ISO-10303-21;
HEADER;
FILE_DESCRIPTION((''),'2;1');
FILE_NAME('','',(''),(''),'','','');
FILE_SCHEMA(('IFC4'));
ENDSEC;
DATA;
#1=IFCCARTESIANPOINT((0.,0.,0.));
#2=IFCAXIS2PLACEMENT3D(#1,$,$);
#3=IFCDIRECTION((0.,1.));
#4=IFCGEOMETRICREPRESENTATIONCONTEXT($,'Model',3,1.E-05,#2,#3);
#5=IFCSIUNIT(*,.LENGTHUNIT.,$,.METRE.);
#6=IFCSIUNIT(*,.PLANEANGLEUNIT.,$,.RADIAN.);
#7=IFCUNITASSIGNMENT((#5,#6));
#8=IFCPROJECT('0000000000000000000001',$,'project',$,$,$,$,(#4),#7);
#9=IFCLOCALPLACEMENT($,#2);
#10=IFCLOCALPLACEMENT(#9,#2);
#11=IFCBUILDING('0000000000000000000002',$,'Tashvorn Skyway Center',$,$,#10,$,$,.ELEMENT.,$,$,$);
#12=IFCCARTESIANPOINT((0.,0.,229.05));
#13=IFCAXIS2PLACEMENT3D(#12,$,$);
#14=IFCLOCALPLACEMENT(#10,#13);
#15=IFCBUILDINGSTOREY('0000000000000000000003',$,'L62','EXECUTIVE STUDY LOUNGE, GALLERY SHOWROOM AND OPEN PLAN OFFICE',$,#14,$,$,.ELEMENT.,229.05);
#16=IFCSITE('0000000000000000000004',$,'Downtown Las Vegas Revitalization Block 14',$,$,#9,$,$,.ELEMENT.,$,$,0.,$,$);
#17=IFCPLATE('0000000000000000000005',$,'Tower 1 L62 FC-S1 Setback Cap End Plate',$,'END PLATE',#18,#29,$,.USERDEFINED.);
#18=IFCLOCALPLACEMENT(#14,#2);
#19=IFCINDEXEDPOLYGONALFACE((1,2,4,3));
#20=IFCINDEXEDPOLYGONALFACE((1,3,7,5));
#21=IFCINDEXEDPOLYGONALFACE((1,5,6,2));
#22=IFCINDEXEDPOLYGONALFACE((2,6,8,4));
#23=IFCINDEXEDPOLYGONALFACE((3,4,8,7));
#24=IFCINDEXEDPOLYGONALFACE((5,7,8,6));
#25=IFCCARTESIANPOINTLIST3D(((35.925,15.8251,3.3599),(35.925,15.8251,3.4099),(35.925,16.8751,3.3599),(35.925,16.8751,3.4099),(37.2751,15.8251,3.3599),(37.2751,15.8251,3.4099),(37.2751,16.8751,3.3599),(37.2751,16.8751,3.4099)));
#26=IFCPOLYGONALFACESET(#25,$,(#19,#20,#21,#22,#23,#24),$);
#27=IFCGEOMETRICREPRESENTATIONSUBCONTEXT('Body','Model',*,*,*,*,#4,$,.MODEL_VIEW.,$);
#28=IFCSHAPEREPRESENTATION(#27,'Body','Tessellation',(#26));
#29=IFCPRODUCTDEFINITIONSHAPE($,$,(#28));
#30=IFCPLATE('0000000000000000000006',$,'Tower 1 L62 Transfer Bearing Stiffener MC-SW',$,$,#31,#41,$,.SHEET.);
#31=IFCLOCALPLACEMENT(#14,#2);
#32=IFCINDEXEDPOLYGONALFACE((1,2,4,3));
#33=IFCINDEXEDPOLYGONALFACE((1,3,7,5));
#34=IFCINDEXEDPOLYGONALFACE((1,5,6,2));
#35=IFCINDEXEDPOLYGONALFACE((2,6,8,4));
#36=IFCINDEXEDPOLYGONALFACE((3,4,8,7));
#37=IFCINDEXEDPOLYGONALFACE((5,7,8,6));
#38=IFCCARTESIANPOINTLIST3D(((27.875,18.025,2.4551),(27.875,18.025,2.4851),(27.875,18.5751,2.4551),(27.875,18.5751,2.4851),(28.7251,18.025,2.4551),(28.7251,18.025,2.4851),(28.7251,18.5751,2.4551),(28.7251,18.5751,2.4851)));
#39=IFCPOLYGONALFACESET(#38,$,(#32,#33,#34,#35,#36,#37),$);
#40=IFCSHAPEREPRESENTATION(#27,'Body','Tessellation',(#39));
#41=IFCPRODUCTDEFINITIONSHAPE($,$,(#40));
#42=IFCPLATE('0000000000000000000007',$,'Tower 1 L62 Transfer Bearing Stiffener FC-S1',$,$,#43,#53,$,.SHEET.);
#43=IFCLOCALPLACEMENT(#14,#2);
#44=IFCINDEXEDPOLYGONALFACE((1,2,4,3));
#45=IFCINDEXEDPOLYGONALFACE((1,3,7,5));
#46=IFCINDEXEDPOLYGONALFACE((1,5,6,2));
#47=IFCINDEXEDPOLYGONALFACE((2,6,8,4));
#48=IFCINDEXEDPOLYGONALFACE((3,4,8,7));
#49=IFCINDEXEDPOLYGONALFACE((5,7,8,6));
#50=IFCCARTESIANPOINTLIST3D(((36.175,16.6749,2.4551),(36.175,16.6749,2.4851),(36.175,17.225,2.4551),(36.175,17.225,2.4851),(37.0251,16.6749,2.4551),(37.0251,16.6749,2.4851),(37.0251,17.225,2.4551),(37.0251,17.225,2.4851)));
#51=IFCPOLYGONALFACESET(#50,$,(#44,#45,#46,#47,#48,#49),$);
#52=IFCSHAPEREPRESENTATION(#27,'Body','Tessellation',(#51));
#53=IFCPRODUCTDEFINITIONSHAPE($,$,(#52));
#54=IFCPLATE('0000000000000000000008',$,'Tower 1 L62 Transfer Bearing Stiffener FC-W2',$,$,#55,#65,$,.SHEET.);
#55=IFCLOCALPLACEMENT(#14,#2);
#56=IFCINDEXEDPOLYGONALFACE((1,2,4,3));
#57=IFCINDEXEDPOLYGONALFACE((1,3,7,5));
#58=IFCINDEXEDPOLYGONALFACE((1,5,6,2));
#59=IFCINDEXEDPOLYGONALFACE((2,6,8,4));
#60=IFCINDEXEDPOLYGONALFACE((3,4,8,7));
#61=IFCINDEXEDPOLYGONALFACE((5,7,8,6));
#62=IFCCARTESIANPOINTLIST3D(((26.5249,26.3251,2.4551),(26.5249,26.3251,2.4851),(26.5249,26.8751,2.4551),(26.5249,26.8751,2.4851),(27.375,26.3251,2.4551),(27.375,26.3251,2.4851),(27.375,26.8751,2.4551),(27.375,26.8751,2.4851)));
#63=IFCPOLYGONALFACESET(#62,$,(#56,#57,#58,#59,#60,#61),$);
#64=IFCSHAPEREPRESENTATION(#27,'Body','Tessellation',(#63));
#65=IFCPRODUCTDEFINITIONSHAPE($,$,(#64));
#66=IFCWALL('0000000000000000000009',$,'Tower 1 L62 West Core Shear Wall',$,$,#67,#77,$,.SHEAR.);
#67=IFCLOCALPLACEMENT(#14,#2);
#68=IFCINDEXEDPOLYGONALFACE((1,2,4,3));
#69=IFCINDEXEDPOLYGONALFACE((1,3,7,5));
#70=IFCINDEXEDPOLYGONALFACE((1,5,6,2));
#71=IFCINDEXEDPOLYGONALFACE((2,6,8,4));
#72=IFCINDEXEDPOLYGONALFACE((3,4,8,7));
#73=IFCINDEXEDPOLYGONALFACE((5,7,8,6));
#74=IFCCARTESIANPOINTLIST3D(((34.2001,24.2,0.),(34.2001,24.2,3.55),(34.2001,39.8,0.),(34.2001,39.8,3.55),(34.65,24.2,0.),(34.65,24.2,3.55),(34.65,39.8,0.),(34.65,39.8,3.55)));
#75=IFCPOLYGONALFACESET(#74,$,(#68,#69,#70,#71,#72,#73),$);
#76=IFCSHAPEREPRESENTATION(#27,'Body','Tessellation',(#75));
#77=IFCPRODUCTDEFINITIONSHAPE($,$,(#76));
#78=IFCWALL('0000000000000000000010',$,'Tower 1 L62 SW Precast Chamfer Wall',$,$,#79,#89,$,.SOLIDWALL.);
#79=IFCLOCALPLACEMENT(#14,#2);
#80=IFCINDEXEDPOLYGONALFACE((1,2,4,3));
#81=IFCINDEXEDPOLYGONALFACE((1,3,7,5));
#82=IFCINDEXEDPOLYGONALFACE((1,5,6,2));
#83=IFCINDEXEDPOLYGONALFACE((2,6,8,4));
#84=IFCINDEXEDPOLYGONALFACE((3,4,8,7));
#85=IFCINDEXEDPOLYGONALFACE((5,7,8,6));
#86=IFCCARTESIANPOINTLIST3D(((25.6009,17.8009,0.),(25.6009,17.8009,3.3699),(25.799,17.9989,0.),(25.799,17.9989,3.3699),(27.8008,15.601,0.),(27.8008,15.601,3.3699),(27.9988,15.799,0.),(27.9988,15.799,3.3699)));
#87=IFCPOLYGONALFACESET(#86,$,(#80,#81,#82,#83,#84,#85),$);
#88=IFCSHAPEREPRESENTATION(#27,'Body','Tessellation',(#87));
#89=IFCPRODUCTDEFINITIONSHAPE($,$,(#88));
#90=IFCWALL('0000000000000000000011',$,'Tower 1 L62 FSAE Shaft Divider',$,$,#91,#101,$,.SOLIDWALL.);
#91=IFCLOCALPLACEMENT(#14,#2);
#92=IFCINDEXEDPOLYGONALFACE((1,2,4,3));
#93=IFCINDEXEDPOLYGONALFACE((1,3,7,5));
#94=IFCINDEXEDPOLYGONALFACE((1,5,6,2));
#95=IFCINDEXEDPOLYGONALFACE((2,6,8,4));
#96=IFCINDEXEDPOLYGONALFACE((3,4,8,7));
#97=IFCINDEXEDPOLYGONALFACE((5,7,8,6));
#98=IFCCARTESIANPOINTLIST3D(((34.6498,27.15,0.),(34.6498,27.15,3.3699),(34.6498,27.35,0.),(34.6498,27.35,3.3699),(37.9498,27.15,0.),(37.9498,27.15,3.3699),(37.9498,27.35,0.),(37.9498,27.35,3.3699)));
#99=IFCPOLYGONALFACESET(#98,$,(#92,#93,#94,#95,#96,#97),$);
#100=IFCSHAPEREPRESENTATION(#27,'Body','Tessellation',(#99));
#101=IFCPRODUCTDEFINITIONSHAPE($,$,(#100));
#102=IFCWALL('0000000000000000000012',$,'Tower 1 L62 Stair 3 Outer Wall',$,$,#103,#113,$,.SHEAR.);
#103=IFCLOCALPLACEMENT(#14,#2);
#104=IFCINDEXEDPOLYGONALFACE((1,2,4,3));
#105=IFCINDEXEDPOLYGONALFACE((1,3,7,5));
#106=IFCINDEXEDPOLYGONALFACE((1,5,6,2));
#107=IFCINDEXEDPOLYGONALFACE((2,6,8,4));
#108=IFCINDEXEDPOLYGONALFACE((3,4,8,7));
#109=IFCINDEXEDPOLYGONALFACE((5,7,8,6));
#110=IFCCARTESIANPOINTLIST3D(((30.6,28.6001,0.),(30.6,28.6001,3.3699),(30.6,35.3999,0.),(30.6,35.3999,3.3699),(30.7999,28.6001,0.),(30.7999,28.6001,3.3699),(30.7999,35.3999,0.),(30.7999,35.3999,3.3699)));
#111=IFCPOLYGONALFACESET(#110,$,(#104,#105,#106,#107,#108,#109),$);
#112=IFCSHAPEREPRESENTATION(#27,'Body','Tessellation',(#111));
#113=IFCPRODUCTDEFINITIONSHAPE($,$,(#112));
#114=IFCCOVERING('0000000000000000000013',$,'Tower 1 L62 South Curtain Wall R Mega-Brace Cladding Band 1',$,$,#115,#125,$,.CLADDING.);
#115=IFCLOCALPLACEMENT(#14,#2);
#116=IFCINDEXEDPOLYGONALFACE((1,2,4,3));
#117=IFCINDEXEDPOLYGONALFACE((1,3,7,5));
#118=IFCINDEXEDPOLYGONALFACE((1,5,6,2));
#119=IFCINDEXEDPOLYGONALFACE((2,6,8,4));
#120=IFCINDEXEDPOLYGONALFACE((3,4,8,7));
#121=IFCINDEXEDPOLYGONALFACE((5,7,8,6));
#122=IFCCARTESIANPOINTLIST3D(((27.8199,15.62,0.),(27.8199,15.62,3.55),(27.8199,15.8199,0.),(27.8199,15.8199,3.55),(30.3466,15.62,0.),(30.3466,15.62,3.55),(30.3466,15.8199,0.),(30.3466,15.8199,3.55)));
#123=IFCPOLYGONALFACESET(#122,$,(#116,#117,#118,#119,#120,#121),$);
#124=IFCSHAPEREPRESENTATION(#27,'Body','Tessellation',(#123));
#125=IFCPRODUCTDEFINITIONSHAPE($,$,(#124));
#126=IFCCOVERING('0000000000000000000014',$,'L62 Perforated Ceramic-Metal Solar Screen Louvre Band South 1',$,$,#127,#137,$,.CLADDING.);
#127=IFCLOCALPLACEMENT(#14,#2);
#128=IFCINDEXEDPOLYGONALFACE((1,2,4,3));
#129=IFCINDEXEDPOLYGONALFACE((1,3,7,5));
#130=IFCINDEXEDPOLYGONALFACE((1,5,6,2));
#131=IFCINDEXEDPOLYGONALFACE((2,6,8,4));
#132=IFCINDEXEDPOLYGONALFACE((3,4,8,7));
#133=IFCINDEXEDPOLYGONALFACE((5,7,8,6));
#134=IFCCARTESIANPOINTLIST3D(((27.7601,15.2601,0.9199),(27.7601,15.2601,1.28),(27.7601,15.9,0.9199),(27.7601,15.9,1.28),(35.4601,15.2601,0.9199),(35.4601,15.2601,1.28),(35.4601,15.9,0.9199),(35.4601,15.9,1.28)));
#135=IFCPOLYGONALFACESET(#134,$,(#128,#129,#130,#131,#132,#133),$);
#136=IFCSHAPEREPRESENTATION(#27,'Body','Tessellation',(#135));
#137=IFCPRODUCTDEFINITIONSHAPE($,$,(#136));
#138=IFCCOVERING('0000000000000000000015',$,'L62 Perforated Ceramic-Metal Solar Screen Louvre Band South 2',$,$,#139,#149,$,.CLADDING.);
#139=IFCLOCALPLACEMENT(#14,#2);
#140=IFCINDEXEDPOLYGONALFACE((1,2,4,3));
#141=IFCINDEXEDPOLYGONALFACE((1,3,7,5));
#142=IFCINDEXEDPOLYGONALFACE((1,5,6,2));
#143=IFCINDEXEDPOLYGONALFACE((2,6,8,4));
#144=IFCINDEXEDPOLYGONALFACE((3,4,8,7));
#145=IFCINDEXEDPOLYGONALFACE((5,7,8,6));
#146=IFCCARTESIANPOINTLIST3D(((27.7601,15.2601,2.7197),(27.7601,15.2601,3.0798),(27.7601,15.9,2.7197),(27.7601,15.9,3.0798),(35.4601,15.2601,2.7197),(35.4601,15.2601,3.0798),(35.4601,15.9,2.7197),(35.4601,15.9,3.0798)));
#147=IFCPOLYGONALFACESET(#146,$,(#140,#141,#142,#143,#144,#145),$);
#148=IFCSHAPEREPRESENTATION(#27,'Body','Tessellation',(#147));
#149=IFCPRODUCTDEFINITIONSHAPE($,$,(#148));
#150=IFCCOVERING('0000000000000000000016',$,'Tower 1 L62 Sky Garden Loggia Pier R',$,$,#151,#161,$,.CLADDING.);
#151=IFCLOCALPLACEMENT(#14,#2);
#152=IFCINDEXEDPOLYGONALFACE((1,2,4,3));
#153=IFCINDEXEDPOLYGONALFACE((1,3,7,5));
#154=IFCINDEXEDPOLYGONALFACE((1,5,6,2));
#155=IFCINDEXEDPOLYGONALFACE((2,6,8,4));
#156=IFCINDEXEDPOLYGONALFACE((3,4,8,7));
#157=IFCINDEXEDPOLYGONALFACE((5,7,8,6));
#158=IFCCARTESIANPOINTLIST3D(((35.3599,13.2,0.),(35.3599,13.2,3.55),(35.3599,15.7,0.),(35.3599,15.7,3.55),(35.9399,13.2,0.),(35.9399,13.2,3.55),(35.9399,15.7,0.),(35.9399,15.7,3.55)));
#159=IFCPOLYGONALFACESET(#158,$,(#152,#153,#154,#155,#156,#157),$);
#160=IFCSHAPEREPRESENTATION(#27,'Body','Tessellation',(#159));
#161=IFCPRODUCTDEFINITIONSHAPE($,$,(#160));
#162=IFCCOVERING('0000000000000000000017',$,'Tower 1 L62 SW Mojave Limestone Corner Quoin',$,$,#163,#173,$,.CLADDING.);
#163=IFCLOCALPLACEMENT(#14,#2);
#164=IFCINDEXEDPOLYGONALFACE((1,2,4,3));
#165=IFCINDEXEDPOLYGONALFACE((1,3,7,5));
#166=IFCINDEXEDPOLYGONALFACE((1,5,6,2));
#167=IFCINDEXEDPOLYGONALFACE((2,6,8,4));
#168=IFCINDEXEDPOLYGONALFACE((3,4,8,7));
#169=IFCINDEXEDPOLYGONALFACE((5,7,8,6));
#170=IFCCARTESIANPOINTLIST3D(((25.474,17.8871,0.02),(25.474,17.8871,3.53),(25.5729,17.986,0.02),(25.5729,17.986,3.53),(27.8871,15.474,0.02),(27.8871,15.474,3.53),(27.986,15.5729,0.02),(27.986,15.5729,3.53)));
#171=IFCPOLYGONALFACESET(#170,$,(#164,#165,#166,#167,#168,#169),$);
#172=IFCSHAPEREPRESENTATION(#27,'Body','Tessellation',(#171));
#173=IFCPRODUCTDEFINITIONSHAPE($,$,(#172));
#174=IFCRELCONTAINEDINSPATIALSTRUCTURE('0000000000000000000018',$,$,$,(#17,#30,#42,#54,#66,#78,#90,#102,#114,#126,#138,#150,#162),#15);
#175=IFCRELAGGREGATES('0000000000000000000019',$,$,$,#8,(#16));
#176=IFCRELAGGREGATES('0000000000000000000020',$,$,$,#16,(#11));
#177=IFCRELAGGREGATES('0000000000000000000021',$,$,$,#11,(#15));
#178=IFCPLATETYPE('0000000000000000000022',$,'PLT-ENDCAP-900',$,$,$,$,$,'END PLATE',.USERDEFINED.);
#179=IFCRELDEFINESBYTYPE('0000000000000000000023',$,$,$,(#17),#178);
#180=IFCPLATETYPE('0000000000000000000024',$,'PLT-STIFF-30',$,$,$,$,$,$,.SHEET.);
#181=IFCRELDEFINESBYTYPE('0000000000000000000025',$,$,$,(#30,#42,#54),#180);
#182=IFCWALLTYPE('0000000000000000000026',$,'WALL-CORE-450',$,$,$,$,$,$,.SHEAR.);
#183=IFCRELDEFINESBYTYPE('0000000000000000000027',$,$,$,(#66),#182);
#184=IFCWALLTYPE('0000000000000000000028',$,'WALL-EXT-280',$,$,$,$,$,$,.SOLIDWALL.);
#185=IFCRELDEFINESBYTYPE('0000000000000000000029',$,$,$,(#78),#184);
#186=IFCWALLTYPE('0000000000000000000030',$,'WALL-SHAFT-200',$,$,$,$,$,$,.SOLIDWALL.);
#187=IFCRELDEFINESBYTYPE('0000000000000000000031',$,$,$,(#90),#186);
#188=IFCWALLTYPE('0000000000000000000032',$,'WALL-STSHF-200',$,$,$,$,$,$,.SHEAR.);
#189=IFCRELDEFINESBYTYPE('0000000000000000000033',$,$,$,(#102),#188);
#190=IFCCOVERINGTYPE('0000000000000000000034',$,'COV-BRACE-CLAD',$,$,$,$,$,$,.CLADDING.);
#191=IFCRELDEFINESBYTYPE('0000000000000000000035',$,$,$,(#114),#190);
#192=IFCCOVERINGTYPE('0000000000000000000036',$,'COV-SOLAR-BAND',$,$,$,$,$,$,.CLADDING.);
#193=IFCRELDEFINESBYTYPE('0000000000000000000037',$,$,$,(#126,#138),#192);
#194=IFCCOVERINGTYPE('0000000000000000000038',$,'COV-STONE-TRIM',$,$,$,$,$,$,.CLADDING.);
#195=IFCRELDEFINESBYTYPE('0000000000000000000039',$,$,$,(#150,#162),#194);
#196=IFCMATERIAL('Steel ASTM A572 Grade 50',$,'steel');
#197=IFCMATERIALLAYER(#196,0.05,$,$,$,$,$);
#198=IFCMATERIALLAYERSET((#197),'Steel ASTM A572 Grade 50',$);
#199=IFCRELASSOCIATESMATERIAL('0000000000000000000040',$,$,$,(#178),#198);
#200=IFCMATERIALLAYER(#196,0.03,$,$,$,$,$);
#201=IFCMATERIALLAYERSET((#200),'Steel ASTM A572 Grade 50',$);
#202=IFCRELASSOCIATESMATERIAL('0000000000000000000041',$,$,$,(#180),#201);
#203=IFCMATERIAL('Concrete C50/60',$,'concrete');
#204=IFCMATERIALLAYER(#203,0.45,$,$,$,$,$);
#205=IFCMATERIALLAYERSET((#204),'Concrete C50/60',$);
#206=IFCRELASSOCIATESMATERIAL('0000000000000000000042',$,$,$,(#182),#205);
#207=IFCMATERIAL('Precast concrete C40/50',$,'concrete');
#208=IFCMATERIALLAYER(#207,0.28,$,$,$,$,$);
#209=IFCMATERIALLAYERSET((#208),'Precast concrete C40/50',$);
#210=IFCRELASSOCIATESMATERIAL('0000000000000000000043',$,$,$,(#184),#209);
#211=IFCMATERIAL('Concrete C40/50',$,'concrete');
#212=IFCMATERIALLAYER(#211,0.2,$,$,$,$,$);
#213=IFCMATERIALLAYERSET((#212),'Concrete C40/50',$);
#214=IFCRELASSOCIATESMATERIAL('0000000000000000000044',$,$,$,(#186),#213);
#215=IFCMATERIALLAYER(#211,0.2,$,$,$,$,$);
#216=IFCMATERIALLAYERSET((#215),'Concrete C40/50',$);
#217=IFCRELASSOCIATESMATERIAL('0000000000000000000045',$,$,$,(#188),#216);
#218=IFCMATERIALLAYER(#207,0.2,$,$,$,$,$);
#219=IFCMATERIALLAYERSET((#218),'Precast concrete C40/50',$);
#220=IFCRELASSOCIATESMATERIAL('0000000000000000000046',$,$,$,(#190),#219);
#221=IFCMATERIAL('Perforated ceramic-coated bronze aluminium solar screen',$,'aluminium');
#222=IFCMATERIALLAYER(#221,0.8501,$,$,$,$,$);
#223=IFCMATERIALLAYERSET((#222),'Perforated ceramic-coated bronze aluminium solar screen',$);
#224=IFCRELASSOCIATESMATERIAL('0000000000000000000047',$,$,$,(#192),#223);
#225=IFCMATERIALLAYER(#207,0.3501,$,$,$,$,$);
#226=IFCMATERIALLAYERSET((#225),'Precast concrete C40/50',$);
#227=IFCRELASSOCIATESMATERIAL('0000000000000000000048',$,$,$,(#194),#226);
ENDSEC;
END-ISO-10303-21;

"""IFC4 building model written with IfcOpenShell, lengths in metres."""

from ifc_helpers import new_model, si_unit, direction, frame, frame_2d, origin, origin_2d, place, context, subcontext, project, spatial, rectangle, extrude, material, layer, layer_set, type_object, element, save


model = new_model("IFC4")

# Units and contexts
model_context = context("Model", 3, precision=1e-05, world=origin(), true_north=direction((0.0, 1.0)))
body_context = subcontext(model_context, "Body", "Model", "MODEL_VIEW")
ifc_project = project(units=[si_unit("LENGTHUNIT", "METRE"), si_unit("PLANEANGLEUNIT", "RADIAN")], contexts=[model_context])

# Site, building, storey
site_placement = place(None, origin())
site = spatial("IfcSite", under=ifc_project, at=site_placement, Name="Downtown Las Vegas Revitalization Block 14", CompositionType="ELEMENT", RefElevation=0.0)
building_placement = place(site_placement, origin())
building = spatial("IfcBuilding", under=site, at=building_placement, Name="Tashvorn Skyway Center", CompositionType="ELEMENT")
storey_placement = place(building_placement, frame((0.0, 0.0, 229.05)))
storey = spatial("IfcBuildingStorey", under=building, at=storey_placement, Name="L62", Description="EXECUTIVE STUDY LOUNGE, GALLERY SHOWROOM AND OPEN PLAN OFFICE", CompositionType="ELEMENT", Elevation=229.05)

# Shared definitions
ifc_material_1 = material(Name="Steel ASTM A572 Grade 50", Category="steel")

# Plates
ifc_layer_1 = layer(ifc_material_1, 0.05)
ifc_layer_set_1 = layer_set([ifc_layer_1], Name="Steel ASTM A572 Grade 50")
plate_type_1 = type_object("IfcPlateType", Name="PLT-ENDCAP-900", ElementType="END PLATE", PredefinedType="USERDEFINED", material=ifc_layer_set_1)
plate_1_placement = place(storey_placement, frame((36.6001, 16.3501, 3.3599), z_axis=(0.0, 0.0, 1.0), x_axis=(1.0, 0.0, 0.0)))
element("IfcPlate", 1, at=plate_1_placement, inside=storey, type_object=plate_type_1, Name="Tower 1 L62 FC-S1 Setback Cap End Plate", ObjectType="END PLATE", PredefinedType="USERDEFINED", context=body_context, shape_type="SweptSolid", body=[
    extrude(rectangle(XDim=1.3501, YDim=1.05, at=origin_2d()), origin(), (0.0, 0.0, 1.0), 0.05),
])
ifc_layer_2 = layer(ifc_material_1, 0.03)
ifc_layer_set_2 = layer_set([ifc_layer_2], Name="Steel ASTM A572 Grade 50")
plate_type_2 = type_object("IfcPlateType", Name="PLT-STIFF-30", PredefinedType="SHEET", material=ifc_layer_set_2)
for number, where, z_axis, x_axis, name in (
    (2, (28.3, 18.3, 2.4551), (0.0, 0.0, 1.0), (1.0, 0.0, 0.0), "Tower 1 L62 Transfer Bearing Stiffener MC-SW"),
    (3, (36.6001, 16.95, 2.4551), (0.0, 0.0, 1.0), (1.0, 0.0, 0.0), "Tower 1 L62 Transfer Bearing Stiffener FC-S1"),
    (4, (26.95, 26.6001, 2.4551), (0.0, 0.0, 1.0), (1.0, 0.0, 0.0), "Tower 1 L62 Transfer Bearing Stiffener FC-W2"),
):
    element("IfcPlate", number, at=place(storey_placement, frame(where, z_axis=z_axis, x_axis=x_axis)), inside=storey, type_object=plate_type_2, Name=name, PredefinedType="SHEET", context=body_context, shape_type="SweptSolid", body=[
        extrude(rectangle(XDim=0.8501, YDim=0.55, at=origin_2d()), origin(), (0.0, 0.0, 1.0), 0.03),
    ])

# Walls
ifc_material_2 = material(Name="Concrete C50/60", Category="concrete")
ifc_layer_3 = layer(ifc_material_2, 0.45)
ifc_layer_set_3 = layer_set([ifc_layer_3], Name="Concrete C50/60")
wall_type_1 = type_object("IfcWallType", Name="WALL-CORE-450", PredefinedType="SHEAR", material=ifc_layer_set_3)
wall_1_placement = place(storey_placement, frame((34.425, 24.2, 0.0), z_axis=(0.0, 0.0, 1.0), x_axis=(0.0, 1.0, 0.0)))
element("IfcWall", 5, at=wall_1_placement, inside=storey, type_object=wall_type_1, Name="Tower 1 L62 West Core Shear Wall", PredefinedType="SHEAR", context=body_context, shape_type="SweptSolid", body=[
    extrude(rectangle(XDim=15.6001, YDim=0.45, at=frame_2d((7.8, 0.0))), origin(), (0.0, 0.0, 1.0), 3.55),
])
ifc_material_3 = material(Name="Precast concrete C40/50", Category="concrete")
ifc_layer_4 = layer(ifc_material_3, 0.28)
ifc_layer_set_4 = layer_set([ifc_layer_4], Name="Precast concrete C40/50")
wall_type_2 = type_object("IfcWallType", Name="WALL-EXT-280", PredefinedType="SOLIDWALL", material=ifc_layer_set_4)
wall_2_placement = place(storey_placement, frame((27.8999, 15.7, 0.0), z_axis=(0.0, 0.0, 1.0), x_axis=(-0.707107, 0.707107, 0.0)))
element("IfcWall", 6, at=wall_2_placement, inside=storey, type_object=wall_type_2, Name="Tower 1 L62 SW Precast Chamfer Wall", PredefinedType="SOLIDWALL", context=body_context, shape_type="SweptSolid", body=[
    extrude(rectangle(XDim=3.1111, YDim=0.28, at=frame_2d((1.5557, 0.0))), origin(), (0.0, 0.0, 1.0), 3.3699),
])
ifc_material_4 = material(Name="Concrete C40/50", Category="concrete")
ifc_layer_5 = layer(ifc_material_4, 0.2)
ifc_layer_set_5 = layer_set([ifc_layer_5], Name="Concrete C40/50")
wall_type_3 = type_object("IfcWallType", Name="WALL-SHAFT-200", PredefinedType="SOLIDWALL", material=ifc_layer_set_5)
wall_3_placement = place(storey_placement, frame((34.6499, 27.25, 0.0), z_axis=(0.0, 0.0, 1.0), x_axis=(1.0, 0.0, 0.0)))
element("IfcWall", 7, at=wall_3_placement, inside=storey, type_object=wall_type_3, Name="Tower 1 L62 FSAE Shaft Divider", PredefinedType="SOLIDWALL", context=body_context, shape_type="SweptSolid", body=[
    extrude(rectangle(XDim=3.3, YDim=0.2, at=frame_2d((1.6499, 0.0))), origin(), (0.0, 0.0, 1.0), 3.3699),
])
ifc_layer_6 = layer(ifc_material_4, 0.2)
ifc_layer_set_6 = layer_set([ifc_layer_6], Name="Concrete C40/50")
wall_type_4 = type_object("IfcWallType", Name="WALL-STSHF-200", PredefinedType="SHEAR", material=ifc_layer_set_6)
wall_4_placement = place(storey_placement, frame((30.7, 28.6001, 0.0), z_axis=(0.0, 0.0, 1.0), x_axis=(0.0, 1.0, 0.0)))
element("IfcWall", 8, at=wall_4_placement, inside=storey, type_object=wall_type_4, Name="Tower 1 L62 Stair 3 Outer Wall", PredefinedType="SHEAR", context=body_context, shape_type="SweptSolid", body=[
    extrude(rectangle(XDim=6.7998, YDim=0.2, at=frame_2d((3.3999, 0.0))), origin(), (0.0, 0.0, 1.0), 3.3699),
])

# Coverings
ifc_layer_7 = layer(ifc_material_3, 0.2)
ifc_layer_set_7 = layer_set([ifc_layer_7], Name="Precast concrete C40/50")
covering_type_1 = type_object("IfcCoveringType", Name="COV-BRACE-CLAD", PredefinedType="CLADDING", material=ifc_layer_set_7)
covering_1_placement = place(storey_placement, frame((29.0833, 15.72, 0.0), z_axis=(0.0, 0.0, 1.0), x_axis=(-1.0, 0.0, 0.0)))
element("IfcCovering", 9, at=covering_1_placement, inside=storey, type_object=covering_type_1, Name="Tower 1 L62 South Curtain Wall R Mega-Brace Cladding Band 1", PredefinedType="CLADDING", context=body_context, shape_type="SweptSolid", body=[
    extrude(rectangle(XDim=2.5266, YDim=0.2, at=origin_2d()), origin(), (0.0, 0.0, 1.0), 3.55),
])
ifc_material_5 = material(Name="Perforated ceramic-coated bronze aluminium solar screen", Category="aluminium")
ifc_layer_8 = layer(ifc_material_5, 0.8501)
ifc_layer_set_8 = layer_set([ifc_layer_8], Name="Perforated ceramic-coated bronze aluminium solar screen")
covering_type_2 = type_object("IfcCoveringType", Name="COV-SOLAR-BAND", PredefinedType="CLADDING", material=ifc_layer_set_8)
for number, where, z_axis, x_axis, name in (
    (10, (31.6101, 15.5801, 0.9199), (0.0, 0.0, 1.0), (-1.0, 0.0, 0.0), "L62 Perforated Ceramic-Metal Solar Screen Louvre Band South 1"),
    (11, (31.6101, 15.5801, 2.7197), (0.0, 0.0, 1.0), (-1.0, 0.0, 0.0), "L62 Perforated Ceramic-Metal Solar Screen Louvre Band South 2"),
):
    element("IfcCovering", number, at=place(storey_placement, frame(where, z_axis=z_axis, x_axis=x_axis)), inside=storey, type_object=covering_type_2, Name=name, PredefinedType="CLADDING", context=body_context, shape_type="SweptSolid", body=[
        extrude(rectangle(XDim=7.7, YDim=0.6399, at=origin_2d()), origin(), (0.0, 0.0, 1.0), 0.3601),
    ])
ifc_layer_9 = layer(ifc_material_3, 0.3501)
ifc_layer_set_9 = layer_set([ifc_layer_9], Name="Precast concrete C40/50")
covering_type_3 = type_object("IfcCoveringType", Name="COV-STONE-TRIM", PredefinedType="CLADDING", material=ifc_layer_set_9)
covering_2_placement = place(storey_placement, frame((35.6499, 14.45, 0.0), z_axis=(0.0, 0.0, 1.0), x_axis=(-1.0, 0.0, 0.0)))
element("IfcCovering", 12, at=covering_2_placement, inside=storey, type_object=covering_type_3, Name="Tower 1 L62 Sky Garden Loggia Pier R", PredefinedType="CLADDING", context=body_context, shape_type="SweptSolid", body=[
    extrude(rectangle(XDim=0.5801, YDim=2.5, at=origin_2d()), origin(), (0.0, 0.0, 1.0), 3.55),
])
covering_3_placement = place(storey_placement, frame((26.73, 16.73, 0.02), z_axis=(0.0, 0.0, 1.0), x_axis=(-0.707107, 0.707107, 0.0)))
element("IfcCovering", 13, at=covering_3_placement, inside=storey, type_object=covering_type_3, Name="Tower 1 L62 SW Mojave Limestone Corner Quoin", PredefinedType="CLADDING", context=body_context, shape_type="SweptSolid", body=[
    extrude(rectangle(XDim=3.4126, YDim=0.1399, at=origin_2d()), origin(), (0.0, 0.0, 1.0), 3.51),
])

save(model, "model.ifc")
